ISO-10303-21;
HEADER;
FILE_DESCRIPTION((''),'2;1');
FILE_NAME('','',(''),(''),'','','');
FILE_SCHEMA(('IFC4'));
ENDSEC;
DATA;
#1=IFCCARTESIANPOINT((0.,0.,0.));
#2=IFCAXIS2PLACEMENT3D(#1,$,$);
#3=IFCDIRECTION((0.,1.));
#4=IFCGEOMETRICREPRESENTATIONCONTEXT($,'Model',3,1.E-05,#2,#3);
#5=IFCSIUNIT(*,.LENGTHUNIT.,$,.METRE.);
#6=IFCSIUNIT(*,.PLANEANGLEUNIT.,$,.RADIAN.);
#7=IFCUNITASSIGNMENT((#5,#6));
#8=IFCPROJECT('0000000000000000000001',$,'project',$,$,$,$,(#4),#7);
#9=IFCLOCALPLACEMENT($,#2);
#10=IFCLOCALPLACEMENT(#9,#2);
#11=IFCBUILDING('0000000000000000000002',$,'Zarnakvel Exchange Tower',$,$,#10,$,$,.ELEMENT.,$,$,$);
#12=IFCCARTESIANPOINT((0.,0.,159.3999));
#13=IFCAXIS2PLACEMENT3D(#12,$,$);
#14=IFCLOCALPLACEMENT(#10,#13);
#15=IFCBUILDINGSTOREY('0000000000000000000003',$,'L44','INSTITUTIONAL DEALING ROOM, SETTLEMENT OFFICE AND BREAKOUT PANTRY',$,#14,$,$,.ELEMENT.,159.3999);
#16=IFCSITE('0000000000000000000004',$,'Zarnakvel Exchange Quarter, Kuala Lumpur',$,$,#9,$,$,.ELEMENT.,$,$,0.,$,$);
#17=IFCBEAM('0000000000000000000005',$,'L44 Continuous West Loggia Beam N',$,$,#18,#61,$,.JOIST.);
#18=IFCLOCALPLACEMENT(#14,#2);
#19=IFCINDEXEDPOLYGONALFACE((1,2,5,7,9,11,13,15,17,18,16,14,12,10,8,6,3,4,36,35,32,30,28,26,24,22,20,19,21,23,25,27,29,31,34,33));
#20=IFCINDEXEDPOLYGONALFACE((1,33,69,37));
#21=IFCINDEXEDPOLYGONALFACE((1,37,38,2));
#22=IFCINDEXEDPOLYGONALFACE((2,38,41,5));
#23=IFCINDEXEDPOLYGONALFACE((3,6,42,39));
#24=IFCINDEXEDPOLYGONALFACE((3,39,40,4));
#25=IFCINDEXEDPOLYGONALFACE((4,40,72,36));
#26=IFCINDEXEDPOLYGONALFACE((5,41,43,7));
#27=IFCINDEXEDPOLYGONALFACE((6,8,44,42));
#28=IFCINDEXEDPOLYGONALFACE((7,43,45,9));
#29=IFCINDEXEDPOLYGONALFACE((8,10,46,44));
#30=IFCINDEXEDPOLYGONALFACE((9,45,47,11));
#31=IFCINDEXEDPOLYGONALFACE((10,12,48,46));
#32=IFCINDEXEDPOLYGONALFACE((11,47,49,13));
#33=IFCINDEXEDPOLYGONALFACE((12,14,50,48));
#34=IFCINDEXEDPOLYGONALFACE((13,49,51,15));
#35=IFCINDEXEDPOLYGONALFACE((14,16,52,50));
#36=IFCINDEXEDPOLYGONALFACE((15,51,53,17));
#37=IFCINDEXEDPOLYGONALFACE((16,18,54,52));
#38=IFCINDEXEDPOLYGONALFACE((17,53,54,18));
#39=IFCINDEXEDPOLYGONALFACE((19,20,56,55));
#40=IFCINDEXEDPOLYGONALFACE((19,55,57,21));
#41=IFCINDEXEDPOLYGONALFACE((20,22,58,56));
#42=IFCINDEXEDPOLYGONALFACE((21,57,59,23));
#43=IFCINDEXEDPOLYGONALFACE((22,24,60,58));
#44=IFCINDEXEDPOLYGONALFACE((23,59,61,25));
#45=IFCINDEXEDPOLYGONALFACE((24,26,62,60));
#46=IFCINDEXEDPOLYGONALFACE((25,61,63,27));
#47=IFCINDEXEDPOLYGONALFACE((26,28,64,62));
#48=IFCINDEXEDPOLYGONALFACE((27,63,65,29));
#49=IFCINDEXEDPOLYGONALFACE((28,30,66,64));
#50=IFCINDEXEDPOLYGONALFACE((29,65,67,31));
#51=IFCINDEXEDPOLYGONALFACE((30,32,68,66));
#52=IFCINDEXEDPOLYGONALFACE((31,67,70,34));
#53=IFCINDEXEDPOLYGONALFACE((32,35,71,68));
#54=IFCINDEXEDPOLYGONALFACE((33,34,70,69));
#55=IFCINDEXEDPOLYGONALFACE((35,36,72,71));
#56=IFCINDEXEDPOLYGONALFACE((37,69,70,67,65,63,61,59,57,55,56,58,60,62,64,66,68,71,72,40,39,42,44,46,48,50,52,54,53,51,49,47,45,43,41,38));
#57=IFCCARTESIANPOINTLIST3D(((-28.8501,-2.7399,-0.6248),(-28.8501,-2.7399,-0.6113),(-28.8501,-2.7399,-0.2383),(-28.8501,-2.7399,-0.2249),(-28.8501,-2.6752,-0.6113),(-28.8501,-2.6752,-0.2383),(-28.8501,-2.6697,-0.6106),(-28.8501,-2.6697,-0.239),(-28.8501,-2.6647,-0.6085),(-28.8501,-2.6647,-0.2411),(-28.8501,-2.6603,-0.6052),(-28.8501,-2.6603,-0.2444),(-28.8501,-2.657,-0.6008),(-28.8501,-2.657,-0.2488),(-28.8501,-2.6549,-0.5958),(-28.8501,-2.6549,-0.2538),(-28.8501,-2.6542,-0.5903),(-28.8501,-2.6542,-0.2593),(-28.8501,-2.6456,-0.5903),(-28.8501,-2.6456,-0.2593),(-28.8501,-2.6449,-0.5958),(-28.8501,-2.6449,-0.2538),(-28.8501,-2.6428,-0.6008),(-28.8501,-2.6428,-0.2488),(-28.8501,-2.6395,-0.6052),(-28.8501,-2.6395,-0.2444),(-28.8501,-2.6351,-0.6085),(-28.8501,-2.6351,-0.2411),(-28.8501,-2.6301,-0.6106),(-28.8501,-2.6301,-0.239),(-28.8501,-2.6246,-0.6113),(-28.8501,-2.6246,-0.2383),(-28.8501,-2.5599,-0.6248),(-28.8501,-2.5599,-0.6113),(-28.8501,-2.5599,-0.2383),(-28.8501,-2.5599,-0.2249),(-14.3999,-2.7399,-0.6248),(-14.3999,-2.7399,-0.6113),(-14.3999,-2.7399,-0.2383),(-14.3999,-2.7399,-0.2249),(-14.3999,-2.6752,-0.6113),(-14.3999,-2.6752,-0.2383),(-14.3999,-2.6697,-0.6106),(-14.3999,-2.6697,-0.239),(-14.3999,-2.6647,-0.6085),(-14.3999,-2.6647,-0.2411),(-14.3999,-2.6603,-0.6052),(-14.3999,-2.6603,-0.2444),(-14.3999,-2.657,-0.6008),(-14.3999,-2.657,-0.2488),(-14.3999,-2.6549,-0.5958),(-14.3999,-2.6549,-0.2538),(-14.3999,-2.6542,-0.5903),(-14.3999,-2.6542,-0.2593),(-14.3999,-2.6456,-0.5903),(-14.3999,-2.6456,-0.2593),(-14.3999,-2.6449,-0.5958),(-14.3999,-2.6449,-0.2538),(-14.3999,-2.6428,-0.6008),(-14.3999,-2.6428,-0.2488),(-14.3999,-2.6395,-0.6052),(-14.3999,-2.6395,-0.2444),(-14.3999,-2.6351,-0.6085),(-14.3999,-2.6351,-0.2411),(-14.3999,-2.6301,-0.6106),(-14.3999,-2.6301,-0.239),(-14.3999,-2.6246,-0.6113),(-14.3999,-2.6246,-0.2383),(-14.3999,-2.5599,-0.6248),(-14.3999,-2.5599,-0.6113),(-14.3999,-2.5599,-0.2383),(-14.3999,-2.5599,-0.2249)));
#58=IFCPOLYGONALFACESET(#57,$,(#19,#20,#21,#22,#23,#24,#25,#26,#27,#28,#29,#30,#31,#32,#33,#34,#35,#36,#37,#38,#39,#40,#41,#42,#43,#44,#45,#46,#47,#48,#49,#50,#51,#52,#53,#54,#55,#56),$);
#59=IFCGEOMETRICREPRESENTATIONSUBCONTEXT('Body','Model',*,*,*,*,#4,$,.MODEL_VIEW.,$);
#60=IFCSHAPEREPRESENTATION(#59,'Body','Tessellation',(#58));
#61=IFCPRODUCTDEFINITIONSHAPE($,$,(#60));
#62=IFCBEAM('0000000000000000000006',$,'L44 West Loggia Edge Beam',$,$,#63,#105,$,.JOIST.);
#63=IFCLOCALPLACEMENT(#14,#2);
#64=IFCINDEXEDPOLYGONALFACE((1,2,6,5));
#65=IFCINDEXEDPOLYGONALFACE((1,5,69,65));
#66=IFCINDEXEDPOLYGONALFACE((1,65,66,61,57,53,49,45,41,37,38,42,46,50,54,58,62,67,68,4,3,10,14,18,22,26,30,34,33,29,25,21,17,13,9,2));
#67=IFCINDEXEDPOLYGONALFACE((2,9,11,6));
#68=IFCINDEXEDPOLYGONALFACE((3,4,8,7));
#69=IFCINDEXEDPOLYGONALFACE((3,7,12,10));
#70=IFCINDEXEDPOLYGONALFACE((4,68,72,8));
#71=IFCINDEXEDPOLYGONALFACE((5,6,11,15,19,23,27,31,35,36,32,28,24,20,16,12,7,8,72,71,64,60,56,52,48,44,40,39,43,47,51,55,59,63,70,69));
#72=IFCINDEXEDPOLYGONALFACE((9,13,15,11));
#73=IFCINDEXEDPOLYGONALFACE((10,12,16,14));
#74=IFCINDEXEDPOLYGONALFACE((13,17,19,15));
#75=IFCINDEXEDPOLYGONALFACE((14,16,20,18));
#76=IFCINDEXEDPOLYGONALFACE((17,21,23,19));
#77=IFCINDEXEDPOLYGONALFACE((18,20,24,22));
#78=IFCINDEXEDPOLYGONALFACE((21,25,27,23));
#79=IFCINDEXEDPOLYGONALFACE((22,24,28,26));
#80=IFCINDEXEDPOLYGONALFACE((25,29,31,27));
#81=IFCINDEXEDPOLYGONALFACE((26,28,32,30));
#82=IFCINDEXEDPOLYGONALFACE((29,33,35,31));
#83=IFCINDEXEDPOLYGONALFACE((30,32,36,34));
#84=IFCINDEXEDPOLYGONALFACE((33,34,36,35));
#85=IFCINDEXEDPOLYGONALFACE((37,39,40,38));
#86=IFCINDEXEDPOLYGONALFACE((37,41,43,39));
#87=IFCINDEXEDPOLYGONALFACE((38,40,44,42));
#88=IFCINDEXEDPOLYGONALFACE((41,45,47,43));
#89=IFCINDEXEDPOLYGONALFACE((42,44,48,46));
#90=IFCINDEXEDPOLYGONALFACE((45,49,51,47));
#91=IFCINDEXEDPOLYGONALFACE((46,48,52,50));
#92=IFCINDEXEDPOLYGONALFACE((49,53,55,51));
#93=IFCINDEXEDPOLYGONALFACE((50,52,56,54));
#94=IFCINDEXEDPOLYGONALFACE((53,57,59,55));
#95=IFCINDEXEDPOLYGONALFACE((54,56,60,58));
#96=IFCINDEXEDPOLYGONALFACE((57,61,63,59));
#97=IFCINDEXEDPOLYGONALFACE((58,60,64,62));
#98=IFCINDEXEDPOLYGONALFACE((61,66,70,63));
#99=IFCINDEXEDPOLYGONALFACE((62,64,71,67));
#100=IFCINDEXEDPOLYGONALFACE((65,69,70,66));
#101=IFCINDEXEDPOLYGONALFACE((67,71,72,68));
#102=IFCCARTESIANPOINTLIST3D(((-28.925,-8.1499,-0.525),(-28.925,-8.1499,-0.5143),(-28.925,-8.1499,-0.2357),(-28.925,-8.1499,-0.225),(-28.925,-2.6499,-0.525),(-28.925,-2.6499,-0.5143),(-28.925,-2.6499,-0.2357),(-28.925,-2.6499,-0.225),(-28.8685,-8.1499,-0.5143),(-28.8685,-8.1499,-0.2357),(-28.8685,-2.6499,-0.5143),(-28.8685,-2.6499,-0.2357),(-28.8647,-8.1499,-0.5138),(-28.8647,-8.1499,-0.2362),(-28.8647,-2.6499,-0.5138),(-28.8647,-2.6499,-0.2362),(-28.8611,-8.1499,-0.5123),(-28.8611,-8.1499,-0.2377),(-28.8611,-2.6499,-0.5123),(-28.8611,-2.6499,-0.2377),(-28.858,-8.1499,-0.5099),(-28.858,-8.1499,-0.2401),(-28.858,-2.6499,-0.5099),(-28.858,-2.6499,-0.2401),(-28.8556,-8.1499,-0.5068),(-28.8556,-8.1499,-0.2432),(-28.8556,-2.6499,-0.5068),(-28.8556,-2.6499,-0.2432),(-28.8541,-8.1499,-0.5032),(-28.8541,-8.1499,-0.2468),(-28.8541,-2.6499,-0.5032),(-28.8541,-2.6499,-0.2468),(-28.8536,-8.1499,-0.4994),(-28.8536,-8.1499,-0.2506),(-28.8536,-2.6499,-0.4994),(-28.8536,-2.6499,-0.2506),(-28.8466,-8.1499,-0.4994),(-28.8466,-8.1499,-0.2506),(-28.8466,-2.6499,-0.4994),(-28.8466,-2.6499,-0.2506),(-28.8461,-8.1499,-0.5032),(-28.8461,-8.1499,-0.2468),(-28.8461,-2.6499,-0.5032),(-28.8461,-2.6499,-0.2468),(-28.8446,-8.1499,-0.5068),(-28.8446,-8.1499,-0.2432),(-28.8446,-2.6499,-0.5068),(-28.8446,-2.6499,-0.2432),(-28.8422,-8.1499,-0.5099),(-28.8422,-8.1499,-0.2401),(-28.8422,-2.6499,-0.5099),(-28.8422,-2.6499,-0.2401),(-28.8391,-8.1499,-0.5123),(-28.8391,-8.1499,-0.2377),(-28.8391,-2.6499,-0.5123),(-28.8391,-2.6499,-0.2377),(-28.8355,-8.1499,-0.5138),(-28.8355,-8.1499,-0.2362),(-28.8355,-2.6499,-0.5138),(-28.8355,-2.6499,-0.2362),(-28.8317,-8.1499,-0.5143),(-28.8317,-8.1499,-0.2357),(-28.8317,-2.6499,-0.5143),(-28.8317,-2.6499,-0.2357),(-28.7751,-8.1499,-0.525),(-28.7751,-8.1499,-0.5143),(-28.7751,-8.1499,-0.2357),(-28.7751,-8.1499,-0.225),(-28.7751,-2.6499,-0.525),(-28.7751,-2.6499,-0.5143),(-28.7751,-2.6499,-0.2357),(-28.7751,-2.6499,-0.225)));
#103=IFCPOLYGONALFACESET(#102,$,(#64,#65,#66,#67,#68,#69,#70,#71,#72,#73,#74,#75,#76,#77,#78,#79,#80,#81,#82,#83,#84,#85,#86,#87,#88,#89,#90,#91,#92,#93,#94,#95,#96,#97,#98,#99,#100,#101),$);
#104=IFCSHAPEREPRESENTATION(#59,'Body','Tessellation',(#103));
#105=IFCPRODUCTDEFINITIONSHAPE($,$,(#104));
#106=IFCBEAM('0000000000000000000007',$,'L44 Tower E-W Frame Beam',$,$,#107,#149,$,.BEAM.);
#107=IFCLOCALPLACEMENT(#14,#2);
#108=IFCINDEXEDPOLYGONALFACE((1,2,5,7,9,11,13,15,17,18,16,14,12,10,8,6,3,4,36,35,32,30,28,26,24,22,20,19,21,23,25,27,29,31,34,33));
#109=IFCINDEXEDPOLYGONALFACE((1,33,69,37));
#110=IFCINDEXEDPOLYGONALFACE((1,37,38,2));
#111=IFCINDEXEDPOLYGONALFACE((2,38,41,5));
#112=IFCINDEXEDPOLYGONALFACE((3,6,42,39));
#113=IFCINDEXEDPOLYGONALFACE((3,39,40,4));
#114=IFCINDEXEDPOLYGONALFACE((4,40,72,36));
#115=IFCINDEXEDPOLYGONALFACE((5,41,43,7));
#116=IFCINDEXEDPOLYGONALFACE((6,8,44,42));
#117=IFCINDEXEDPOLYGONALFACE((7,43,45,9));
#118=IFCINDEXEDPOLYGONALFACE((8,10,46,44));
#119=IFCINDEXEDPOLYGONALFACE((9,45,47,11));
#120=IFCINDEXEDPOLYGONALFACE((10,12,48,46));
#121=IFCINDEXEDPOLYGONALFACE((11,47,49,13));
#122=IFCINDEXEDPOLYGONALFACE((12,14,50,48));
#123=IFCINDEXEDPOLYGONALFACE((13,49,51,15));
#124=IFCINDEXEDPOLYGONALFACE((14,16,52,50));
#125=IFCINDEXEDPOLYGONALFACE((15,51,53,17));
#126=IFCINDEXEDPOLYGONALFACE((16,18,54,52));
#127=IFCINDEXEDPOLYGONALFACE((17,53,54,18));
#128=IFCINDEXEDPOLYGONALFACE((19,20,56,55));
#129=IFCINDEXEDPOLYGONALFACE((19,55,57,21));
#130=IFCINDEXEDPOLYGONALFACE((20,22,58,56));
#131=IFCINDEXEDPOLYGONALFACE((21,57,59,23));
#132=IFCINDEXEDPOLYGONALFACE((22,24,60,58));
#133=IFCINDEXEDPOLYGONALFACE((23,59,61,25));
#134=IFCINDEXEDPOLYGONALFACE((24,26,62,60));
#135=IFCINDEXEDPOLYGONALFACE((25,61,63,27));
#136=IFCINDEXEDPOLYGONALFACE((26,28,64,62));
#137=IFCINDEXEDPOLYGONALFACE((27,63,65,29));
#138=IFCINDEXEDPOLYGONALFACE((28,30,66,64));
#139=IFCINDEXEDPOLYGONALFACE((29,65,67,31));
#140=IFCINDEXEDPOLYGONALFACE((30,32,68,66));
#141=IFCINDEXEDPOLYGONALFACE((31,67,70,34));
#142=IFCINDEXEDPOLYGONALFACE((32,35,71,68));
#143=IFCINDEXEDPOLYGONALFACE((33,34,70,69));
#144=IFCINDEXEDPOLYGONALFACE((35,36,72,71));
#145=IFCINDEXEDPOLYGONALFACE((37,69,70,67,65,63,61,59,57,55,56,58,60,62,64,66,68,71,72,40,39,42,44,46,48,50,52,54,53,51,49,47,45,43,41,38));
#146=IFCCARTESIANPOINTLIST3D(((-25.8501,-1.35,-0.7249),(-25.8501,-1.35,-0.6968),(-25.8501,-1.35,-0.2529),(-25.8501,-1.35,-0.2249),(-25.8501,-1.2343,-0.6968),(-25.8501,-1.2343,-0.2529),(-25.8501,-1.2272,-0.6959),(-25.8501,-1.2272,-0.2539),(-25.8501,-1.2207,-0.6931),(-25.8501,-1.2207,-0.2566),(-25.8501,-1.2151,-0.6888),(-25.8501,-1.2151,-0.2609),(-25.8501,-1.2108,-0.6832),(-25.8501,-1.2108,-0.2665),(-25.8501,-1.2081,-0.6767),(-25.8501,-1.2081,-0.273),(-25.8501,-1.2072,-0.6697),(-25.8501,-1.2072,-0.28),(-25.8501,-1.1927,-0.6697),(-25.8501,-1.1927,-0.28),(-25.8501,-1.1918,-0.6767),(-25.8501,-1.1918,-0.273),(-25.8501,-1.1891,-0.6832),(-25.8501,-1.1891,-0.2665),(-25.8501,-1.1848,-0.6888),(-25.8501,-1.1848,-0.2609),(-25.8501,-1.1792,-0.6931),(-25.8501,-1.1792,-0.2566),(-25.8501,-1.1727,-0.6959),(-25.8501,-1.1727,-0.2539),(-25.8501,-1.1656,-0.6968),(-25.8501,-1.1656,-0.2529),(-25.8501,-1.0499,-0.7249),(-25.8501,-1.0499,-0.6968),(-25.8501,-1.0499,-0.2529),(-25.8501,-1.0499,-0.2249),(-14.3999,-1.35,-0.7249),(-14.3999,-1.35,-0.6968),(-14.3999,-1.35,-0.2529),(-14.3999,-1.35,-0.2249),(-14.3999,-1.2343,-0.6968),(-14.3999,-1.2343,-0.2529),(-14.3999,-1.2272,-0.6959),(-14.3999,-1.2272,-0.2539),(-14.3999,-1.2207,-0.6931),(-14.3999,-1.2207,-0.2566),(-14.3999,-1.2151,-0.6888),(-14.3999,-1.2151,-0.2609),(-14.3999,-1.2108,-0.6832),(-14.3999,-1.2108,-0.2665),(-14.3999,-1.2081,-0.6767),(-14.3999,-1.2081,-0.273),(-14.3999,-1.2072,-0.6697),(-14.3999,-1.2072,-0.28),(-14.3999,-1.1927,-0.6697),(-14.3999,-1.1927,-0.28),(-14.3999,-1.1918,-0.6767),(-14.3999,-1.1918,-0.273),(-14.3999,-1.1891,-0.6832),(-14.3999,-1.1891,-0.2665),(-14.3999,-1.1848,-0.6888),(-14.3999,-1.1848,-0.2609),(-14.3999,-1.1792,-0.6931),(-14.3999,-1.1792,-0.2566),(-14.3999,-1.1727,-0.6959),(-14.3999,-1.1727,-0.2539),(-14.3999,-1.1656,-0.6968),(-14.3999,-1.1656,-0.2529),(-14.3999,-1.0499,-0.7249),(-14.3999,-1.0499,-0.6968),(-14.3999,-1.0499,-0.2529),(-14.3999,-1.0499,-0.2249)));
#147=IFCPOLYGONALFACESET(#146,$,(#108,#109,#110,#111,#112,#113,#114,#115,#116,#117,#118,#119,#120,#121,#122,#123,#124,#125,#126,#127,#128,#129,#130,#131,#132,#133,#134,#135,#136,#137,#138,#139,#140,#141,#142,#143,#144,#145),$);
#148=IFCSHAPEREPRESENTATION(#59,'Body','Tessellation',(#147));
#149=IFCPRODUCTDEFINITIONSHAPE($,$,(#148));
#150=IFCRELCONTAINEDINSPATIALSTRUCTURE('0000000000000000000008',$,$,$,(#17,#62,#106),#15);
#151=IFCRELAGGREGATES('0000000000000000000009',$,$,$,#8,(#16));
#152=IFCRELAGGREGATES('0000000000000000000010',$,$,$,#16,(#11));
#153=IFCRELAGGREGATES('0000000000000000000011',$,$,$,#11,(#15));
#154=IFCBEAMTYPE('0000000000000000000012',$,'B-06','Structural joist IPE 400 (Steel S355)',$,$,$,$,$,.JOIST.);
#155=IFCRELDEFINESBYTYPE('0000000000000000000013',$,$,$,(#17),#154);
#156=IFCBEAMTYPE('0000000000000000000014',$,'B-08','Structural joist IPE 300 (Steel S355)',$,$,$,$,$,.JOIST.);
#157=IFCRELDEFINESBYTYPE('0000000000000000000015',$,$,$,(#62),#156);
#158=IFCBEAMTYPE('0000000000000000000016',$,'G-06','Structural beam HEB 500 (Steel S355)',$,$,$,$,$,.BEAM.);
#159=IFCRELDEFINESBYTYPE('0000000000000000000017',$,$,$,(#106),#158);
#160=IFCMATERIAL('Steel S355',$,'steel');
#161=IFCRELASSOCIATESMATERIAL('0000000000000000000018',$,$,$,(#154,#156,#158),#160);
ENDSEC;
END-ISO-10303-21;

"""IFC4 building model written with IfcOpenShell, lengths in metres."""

from ifc_helpers import new_model, si_unit, direction, frame, origin, origin_2d, place, context, subcontext, project, spatial, i_section, extrude, material, material_profile, profile_set, type_object, element, save


model = new_model("IFC4")

# Units and contexts
model_context = context("Model", 3, precision=1e-05, world=origin(), true_north=direction((0.0, 1.0)))
body_context = subcontext(model_context, "Body", "Model", "MODEL_VIEW")
ifc_project = project(units=[si_unit("LENGTHUNIT", "METRE"), si_unit("PLANEANGLEUNIT", "RADIAN")], contexts=[model_context])

# Site, building, storey
site_placement = place(None, origin())
site = spatial("IfcSite", under=ifc_project, at=site_placement, Name="Zarnakvel Exchange Quarter, Kuala Lumpur", CompositionType="ELEMENT", RefElevation=0.0)
building_placement = place(site_placement, origin())
building = spatial("IfcBuilding", under=site, at=building_placement, Name="Zarnakvel Exchange Tower", CompositionType="ELEMENT")
storey_placement = place(building_placement, frame((0.0, 0.0, 159.3999)))
storey = spatial("IfcBuildingStorey", under=building, at=storey_placement, Name="L44", Description="INSTITUTIONAL DEALING ROOM, SETTLEMENT OFFICE AND BREAKOUT PANTRY", CompositionType="ELEMENT", Elevation=159.3999)

# Shared definitions
ifc_material_1 = material(Name="Steel S355", Category="steel")

# Beams
ifc_material_profile_1 = material_profile(ifc_material_1, i_section(OverallWidth=0.1799, OverallDepth=0.3999, WebThickness=0.0085, FlangeThickness=0.0134, FilletRadius=0.021, at=origin_2d()))
ifc_profile_set_1 = profile_set([ifc_material_profile_1], Name="Steel S355")
beam_type_1 = type_object("IfcBeamType", Name="B-06", Description="Structural joist IPE 400 (Steel S355)", PredefinedType="JOIST", material=ifc_profile_set_1)
for number, where, z_axis, x_axis, name in (
    (1, (-14.3999, -2.6499, -0.4248), (-1.0, 0.0, 0.0), (0.0, -1.0, 0.0), "L44 Continuous West Loggia Beam N"),
):
    element("IfcBeam", number, at=place(storey_placement, frame(where, z_axis=z_axis, x_axis=x_axis)), inside=storey, type_object=beam_type_1, Name=name, PredefinedType="JOIST", context=body_context, shape_type="SweptSolid", body=[
        extrude(i_section(OverallWidth=0.1799, OverallDepth=0.3999, WebThickness=0.0085, FlangeThickness=0.0134, FilletRadius=0.021, at=origin_2d()), origin(), (0.0, 0.0, 1.0), 14.4502),
    ])
ifc_material_profile_2 = material_profile(ifc_material_1, i_section(OverallWidth=0.1499, OverallDepth=0.3, WebThickness=0.0071, FlangeThickness=0.0107, FilletRadius=0.0149, at=origin_2d()))
ifc_profile_set_2 = profile_set([ifc_material_profile_2], Name="Steel S355")
beam_type_2 = type_object("IfcBeamType", Name="B-08", Description="Structural joist IPE 300 (Steel S355)", PredefinedType="JOIST", material=ifc_profile_set_2)
beam_1_placement = place(storey_placement, frame((-28.8501, -8.1499, -0.375), z_axis=(0.0, 1.0, 0.0), x_axis=(-1.0, 0.0, 0.0)))
element("IfcBeam", 2, at=beam_1_placement, inside=storey, type_object=beam_type_2, Name="L44 West Loggia Edge Beam", PredefinedType="JOIST", context=body_context, shape_type="SweptSolid", body=[
    extrude(i_section(OverallWidth=0.1499, OverallDepth=0.3, WebThickness=0.0071, FlangeThickness=0.0107, FilletRadius=0.0149, at=origin_2d()), origin(), (0.0, 0.0, 1.0), 5.5),
])
ifc_material_profile_3 = material_profile(ifc_material_1, i_section(OverallWidth=0.3, OverallDepth=0.5, WebThickness=0.0144, FlangeThickness=0.0281, FilletRadius=0.0271, at=origin_2d()))
ifc_profile_set_3 = profile_set([ifc_material_profile_3], Name="Steel S355")
beam_type_3 = type_object("IfcBeamType", Name="G-06", Description="Structural beam HEB 500 (Steel S355)", PredefinedType="BEAM", material=ifc_profile_set_3)
beam_2_placement = place(storey_placement, frame((-25.8501, -1.2, -0.4749), z_axis=(1.0, 0.0, 0.0), x_axis=(0.0, 1.0, 0.0)))
element("IfcBeam", 3, at=beam_2_placement, inside=storey, type_object=beam_type_3, Name="L44 Tower E-W Frame Beam", PredefinedType="BEAM", context=body_context, shape_type="SweptSolid", body=[
    extrude(i_section(OverallWidth=0.3, OverallDepth=0.5, WebThickness=0.0144, FlangeThickness=0.0281, FilletRadius=0.0271, at=origin_2d()), origin(), (0.0, 0.0, 1.0), 11.4502),
])

save(model, "model.ifc")
